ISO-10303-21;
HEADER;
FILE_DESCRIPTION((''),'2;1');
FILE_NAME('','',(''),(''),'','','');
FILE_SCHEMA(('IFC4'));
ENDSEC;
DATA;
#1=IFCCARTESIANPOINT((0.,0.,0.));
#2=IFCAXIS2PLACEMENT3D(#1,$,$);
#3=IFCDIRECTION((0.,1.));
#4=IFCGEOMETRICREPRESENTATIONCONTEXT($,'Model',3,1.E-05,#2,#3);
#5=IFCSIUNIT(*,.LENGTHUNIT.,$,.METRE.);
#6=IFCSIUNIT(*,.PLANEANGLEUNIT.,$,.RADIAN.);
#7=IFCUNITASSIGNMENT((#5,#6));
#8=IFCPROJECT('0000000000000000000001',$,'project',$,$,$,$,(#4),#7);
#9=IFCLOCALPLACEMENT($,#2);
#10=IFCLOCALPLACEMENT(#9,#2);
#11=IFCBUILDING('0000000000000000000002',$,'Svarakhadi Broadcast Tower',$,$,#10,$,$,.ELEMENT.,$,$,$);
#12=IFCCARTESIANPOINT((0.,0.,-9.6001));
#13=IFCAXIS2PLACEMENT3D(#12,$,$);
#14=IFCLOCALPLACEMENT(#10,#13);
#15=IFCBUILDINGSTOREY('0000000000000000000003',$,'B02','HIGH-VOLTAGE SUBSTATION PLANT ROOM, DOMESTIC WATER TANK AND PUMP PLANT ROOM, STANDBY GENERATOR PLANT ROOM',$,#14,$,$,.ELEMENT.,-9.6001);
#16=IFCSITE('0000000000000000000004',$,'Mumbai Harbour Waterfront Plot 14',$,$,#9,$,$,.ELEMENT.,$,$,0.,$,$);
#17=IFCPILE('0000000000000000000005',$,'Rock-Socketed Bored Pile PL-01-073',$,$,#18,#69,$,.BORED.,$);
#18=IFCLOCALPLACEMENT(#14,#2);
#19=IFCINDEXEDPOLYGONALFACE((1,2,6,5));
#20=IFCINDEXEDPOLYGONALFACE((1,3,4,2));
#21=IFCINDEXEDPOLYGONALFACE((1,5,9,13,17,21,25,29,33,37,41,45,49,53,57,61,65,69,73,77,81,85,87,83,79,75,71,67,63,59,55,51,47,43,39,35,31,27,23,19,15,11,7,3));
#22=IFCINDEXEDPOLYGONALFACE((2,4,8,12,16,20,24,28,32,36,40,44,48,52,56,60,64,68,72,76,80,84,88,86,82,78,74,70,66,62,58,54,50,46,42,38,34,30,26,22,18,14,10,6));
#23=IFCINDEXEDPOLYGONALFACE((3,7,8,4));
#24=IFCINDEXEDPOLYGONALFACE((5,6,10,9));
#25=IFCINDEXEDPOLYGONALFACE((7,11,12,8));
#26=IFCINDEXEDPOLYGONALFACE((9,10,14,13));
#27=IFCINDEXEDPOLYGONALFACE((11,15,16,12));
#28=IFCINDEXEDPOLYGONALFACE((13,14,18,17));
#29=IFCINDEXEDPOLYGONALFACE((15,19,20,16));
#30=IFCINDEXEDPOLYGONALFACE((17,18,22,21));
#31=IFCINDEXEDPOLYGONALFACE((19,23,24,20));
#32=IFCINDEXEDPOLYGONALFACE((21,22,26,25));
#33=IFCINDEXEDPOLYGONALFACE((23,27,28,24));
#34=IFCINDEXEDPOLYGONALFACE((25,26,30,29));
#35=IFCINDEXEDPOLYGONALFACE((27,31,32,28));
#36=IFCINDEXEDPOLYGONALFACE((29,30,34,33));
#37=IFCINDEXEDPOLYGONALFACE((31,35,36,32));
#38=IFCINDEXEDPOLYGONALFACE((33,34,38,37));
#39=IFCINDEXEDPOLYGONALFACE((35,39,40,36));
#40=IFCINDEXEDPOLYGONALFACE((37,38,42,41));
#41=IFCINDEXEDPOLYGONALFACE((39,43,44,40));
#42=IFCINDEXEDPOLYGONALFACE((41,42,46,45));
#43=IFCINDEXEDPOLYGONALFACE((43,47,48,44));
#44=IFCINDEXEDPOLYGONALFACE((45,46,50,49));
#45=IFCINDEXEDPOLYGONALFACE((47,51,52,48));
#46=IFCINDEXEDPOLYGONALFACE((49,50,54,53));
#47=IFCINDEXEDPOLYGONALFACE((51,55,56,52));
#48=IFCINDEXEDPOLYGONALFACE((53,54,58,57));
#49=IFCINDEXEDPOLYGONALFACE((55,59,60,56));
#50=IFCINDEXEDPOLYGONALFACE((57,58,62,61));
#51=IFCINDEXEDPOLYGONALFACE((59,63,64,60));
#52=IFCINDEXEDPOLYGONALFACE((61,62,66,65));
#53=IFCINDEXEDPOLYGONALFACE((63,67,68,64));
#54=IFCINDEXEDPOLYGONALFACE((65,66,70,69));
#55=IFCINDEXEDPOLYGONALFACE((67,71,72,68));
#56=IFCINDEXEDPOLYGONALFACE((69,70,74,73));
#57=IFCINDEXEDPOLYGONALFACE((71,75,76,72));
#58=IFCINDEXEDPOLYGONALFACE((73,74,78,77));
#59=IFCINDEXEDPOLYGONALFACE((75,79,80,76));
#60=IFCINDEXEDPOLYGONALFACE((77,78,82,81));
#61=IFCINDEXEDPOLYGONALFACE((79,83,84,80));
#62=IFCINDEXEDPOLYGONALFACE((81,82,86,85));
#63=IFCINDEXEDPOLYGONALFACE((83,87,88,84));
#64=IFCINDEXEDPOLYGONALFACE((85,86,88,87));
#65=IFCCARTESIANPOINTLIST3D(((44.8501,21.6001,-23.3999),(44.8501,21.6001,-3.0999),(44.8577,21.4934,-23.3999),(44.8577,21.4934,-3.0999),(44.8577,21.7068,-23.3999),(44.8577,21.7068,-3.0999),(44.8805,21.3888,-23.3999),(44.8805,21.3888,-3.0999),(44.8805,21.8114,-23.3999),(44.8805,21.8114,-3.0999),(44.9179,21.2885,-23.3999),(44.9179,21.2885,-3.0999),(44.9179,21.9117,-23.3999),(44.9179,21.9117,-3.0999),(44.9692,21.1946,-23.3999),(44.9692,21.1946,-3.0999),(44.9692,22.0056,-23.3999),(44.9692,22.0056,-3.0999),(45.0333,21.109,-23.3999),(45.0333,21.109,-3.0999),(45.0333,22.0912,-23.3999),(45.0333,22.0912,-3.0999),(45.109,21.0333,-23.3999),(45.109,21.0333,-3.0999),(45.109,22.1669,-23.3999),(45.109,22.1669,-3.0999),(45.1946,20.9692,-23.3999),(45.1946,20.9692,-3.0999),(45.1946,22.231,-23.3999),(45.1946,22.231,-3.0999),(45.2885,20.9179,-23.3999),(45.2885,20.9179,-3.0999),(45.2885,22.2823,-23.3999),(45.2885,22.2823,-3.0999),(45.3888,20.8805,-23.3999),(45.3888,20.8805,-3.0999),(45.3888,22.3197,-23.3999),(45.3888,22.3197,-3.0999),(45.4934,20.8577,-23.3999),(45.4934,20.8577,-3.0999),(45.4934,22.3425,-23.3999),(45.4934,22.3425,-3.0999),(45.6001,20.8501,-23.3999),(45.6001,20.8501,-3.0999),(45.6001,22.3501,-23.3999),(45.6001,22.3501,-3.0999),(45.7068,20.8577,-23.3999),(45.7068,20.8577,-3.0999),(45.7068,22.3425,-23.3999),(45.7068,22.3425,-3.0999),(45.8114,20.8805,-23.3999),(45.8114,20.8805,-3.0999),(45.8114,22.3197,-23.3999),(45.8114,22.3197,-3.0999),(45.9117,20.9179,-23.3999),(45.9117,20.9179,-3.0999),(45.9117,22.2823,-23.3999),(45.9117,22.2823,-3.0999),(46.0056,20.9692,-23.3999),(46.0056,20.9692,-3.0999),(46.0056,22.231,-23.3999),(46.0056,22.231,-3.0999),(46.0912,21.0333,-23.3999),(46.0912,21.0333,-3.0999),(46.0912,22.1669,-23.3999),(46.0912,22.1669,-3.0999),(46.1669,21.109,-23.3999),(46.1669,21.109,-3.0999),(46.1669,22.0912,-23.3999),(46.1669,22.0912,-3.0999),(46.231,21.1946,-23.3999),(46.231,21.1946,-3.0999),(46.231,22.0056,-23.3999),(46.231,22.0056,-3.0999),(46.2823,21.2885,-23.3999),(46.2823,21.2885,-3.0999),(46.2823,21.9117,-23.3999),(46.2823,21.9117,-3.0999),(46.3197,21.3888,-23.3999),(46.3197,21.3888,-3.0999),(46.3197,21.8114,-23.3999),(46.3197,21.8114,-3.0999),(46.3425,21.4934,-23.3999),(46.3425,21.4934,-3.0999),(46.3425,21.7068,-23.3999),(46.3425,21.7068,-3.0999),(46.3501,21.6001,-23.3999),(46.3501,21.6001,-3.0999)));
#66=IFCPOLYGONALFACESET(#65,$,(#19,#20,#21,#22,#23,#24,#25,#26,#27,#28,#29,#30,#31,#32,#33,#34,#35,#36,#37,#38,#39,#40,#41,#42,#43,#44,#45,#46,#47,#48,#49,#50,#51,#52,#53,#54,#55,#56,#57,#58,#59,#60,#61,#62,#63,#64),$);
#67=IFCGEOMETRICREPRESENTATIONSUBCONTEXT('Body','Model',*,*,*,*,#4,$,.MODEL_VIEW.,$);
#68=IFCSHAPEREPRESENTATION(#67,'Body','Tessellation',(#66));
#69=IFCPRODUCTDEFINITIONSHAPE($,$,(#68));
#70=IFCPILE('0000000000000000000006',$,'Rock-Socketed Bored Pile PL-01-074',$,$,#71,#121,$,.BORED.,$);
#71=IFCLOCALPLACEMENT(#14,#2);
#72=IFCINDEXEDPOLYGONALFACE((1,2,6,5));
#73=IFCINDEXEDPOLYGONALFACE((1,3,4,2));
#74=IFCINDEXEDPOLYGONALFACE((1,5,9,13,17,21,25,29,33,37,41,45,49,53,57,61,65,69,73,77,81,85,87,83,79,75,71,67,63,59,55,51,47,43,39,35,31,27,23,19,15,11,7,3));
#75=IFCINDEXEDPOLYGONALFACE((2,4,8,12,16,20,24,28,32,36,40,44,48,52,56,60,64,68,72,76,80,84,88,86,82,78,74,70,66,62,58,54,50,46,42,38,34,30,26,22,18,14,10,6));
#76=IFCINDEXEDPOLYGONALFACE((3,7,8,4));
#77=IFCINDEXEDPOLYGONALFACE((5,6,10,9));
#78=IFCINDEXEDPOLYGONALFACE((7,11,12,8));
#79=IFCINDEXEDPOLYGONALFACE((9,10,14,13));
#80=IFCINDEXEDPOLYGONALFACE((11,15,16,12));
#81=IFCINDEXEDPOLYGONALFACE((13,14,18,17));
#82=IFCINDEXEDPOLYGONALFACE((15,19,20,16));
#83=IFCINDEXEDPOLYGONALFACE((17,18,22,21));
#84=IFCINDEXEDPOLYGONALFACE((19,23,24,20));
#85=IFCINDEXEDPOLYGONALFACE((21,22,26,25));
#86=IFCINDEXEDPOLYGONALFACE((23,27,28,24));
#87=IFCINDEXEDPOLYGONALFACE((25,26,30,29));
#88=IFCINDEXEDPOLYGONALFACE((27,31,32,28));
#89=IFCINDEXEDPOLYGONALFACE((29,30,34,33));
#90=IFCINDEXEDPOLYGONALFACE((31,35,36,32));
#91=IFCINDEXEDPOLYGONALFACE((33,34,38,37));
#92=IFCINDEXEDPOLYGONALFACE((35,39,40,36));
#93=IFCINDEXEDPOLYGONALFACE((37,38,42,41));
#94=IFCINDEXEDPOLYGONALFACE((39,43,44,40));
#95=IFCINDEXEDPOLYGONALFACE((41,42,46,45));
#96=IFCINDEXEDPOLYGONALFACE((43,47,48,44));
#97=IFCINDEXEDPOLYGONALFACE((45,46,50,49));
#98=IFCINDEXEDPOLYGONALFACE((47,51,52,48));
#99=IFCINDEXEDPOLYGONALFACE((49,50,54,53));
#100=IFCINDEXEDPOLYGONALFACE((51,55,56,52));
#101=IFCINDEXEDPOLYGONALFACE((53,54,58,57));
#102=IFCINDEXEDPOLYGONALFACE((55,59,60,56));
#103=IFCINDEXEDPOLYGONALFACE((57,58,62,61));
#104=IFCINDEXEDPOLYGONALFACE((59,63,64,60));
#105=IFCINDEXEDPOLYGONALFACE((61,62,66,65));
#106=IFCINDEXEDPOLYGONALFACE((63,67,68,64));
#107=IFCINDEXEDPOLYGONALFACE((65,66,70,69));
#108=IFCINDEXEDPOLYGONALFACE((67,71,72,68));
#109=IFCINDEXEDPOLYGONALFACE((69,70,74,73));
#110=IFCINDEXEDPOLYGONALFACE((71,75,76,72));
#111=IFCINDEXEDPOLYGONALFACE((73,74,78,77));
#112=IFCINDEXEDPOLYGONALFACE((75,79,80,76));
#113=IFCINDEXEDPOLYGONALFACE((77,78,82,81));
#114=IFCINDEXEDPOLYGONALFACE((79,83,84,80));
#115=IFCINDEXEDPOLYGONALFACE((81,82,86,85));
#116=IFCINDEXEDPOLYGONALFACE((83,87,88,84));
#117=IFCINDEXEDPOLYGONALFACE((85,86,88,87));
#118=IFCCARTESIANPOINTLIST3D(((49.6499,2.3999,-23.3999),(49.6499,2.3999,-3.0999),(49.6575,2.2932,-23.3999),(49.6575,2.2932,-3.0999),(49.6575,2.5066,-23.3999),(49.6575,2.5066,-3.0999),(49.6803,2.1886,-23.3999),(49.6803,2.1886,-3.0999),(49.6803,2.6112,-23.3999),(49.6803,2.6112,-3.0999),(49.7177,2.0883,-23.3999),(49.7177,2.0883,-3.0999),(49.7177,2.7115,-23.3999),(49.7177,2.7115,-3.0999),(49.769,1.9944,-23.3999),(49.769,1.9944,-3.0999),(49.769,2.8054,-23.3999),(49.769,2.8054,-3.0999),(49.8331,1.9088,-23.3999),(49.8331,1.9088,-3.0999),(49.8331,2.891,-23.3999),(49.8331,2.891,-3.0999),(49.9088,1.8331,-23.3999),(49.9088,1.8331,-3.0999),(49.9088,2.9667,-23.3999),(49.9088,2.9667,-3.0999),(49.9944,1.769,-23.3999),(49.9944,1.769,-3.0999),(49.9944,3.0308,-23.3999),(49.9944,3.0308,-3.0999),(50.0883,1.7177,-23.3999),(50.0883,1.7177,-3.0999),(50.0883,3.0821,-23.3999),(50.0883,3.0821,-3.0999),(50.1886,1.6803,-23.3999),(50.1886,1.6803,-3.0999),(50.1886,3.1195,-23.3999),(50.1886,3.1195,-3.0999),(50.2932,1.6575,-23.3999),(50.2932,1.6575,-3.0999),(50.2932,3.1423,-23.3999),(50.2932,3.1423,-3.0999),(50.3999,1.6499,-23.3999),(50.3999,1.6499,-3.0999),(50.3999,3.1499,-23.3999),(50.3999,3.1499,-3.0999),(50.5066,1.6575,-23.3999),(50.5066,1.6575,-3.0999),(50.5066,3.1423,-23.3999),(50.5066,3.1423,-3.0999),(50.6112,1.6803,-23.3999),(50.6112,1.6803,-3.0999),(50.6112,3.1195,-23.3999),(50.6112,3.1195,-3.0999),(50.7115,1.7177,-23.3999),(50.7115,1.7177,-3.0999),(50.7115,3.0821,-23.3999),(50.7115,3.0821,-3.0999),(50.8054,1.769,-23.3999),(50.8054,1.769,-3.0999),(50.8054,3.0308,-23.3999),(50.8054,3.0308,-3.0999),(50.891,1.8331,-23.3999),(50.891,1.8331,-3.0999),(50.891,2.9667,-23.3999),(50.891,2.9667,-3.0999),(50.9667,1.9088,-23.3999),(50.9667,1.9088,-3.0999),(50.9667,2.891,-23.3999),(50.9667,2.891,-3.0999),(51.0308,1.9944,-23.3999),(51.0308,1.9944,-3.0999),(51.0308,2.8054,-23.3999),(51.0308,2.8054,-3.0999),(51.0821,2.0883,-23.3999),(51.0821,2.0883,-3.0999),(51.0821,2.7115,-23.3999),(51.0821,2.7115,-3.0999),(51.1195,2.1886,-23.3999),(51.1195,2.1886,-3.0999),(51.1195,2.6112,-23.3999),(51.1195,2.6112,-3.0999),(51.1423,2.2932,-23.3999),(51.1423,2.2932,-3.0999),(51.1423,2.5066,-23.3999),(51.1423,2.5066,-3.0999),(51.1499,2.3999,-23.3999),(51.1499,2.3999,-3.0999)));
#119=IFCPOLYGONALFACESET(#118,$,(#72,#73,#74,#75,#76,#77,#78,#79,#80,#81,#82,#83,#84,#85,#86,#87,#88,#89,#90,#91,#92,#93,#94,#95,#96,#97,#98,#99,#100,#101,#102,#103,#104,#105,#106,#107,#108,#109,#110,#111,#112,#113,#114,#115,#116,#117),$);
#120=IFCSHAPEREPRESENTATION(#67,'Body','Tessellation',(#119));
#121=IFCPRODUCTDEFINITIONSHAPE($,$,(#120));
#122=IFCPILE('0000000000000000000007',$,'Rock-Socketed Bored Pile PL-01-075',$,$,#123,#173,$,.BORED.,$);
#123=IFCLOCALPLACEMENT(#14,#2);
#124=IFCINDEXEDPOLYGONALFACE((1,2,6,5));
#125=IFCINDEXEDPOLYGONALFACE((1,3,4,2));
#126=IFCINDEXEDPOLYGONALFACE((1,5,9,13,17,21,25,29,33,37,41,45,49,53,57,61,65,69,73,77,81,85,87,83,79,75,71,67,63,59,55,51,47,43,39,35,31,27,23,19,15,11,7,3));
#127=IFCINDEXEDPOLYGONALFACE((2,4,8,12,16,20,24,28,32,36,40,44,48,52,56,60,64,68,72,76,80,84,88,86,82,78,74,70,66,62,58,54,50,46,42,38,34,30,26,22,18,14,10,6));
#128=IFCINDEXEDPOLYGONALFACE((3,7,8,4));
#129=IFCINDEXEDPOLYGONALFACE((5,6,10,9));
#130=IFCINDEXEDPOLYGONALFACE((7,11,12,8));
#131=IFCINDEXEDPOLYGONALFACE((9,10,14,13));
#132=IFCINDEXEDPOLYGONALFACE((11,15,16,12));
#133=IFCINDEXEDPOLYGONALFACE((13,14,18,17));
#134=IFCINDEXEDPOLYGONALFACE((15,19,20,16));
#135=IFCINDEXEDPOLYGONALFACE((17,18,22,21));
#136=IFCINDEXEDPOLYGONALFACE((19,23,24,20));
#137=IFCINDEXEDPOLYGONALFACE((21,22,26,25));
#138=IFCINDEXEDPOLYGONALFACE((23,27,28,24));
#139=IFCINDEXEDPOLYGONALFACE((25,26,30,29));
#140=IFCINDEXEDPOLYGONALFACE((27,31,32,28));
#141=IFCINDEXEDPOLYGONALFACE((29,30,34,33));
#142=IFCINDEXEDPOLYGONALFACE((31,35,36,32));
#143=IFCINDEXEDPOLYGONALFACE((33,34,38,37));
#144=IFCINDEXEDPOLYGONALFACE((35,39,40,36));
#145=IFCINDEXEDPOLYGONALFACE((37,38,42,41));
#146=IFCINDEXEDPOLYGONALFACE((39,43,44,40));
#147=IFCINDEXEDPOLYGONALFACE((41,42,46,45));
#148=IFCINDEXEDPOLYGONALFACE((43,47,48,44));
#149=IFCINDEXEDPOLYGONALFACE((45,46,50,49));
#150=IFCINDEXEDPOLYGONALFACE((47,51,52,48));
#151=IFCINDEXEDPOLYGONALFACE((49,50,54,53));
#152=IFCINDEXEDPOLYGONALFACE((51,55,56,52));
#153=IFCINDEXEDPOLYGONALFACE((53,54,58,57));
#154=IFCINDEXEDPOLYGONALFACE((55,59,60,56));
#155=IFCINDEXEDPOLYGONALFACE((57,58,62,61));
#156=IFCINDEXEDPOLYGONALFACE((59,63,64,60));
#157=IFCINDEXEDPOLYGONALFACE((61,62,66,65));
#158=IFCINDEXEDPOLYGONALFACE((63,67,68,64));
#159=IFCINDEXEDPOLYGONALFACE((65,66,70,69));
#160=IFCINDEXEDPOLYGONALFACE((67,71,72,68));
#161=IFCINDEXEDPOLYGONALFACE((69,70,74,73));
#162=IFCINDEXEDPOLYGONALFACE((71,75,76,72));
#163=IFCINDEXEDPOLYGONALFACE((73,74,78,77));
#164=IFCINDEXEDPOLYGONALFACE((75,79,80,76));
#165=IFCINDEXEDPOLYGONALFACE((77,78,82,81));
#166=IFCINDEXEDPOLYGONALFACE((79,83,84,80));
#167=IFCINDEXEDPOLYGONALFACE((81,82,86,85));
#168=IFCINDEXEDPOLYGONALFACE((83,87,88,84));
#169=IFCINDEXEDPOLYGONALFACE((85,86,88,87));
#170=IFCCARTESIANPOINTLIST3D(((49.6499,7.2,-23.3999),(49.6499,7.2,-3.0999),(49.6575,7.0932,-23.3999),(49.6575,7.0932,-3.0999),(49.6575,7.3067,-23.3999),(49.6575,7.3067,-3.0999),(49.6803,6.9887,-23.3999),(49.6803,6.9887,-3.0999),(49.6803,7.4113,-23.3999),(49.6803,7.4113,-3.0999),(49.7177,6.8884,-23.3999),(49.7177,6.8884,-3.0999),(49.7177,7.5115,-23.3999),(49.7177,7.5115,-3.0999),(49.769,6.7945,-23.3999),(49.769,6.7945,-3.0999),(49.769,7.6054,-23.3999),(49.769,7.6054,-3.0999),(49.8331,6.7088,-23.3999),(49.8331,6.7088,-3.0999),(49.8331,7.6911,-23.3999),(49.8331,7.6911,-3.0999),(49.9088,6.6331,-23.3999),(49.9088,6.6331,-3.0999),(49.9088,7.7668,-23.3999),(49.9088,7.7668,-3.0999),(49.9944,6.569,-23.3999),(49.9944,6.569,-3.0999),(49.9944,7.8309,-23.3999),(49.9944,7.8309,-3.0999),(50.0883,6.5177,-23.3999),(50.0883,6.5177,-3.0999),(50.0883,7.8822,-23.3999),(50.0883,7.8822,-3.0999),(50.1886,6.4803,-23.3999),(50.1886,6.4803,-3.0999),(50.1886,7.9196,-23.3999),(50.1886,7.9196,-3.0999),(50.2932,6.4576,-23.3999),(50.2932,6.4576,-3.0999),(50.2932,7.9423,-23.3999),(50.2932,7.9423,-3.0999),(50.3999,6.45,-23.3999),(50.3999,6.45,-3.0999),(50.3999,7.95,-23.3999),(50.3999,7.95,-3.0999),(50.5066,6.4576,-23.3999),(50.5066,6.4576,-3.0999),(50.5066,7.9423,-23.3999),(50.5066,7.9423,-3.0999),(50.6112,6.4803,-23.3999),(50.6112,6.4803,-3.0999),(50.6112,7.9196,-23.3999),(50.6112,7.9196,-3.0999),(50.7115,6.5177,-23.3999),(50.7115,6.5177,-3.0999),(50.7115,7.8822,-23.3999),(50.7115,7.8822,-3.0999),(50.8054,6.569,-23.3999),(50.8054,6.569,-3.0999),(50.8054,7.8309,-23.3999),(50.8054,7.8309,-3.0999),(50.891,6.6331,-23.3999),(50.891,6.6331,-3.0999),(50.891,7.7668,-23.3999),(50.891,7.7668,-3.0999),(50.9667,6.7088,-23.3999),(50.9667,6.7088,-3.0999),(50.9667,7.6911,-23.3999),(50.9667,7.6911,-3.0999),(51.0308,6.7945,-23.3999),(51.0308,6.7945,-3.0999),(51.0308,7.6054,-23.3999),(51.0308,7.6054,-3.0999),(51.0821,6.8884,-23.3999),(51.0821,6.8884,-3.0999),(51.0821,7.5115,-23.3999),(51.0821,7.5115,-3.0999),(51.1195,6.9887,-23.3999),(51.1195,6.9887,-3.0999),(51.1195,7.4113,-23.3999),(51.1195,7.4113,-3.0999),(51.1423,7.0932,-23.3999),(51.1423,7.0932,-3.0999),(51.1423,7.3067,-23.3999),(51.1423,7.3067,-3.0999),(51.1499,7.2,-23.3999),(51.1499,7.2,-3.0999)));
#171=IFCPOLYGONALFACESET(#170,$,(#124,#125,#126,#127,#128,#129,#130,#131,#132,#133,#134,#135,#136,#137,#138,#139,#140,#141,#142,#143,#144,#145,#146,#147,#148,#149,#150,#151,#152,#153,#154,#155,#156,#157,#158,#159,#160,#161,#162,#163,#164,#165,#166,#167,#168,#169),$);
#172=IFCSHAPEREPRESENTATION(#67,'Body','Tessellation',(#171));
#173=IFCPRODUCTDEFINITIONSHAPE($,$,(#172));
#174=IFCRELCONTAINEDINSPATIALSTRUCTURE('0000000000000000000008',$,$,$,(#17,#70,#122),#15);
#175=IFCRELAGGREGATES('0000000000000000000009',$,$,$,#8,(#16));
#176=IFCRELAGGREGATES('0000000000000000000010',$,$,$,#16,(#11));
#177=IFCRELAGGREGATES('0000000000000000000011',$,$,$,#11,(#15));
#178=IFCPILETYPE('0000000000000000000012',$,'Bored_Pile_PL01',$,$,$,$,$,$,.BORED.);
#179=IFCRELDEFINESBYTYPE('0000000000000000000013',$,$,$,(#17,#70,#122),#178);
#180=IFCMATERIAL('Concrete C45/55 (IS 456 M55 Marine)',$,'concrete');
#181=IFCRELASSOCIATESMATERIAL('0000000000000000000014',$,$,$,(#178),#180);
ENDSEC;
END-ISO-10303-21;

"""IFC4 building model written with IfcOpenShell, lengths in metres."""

from ifc_helpers import new_model, si_unit, direction, frame, origin, origin_2d, place, context, subcontext, project, spatial, circle, extrude, material, material_profile, profile_set, type_object, element, save


model = new_model("IFC4")

# Units and contexts
model_context = context("Model", 3, precision=1e-05, world=origin(), true_north=direction((0.0, 1.0)))
body_context = subcontext(model_context, "Body", "Model", "MODEL_VIEW")
ifc_project = project(units=[si_unit("LENGTHUNIT", "METRE"), si_unit("PLANEANGLEUNIT", "RADIAN")], contexts=[model_context])

# Site, building, storey
site_placement = place(None, origin())
site = spatial("IfcSite", under=ifc_project, at=site_placement, Name="Mumbai Harbour Waterfront Plot 14", CompositionType="ELEMENT", RefElevation=0.0)
building_placement = place(site_placement, origin())
building = spatial("IfcBuilding", under=site, at=building_placement, Name="Svarakhadi Broadcast Tower", CompositionType="ELEMENT")
storey_placement = place(building_placement, frame((0.0, 0.0, -9.6001)))
storey = spatial("IfcBuildingStorey", under=building, at=storey_placement, Name="B02", Description="HIGH-VOLTAGE SUBSTATION PLANT ROOM, DOMESTIC WATER TANK AND PUMP PLANT ROOM, STANDBY GENERATOR PLANT ROOM", CompositionType="ELEMENT", Elevation=-9.6001)

# Piles
ifc_material_1 = material(Name="Concrete C45/55 (IS 456 M55 Marine)", Category="concrete")
ifc_material_profile_1 = material_profile(ifc_material_1, circle(Radius=0.75, at=origin_2d()), Name="PILE D1500")
ifc_profile_set_1 = profile_set([ifc_material_profile_1], Name="Concrete C45/55 (IS 456 M55 Marine)")
pile_type_1 = type_object("IfcPileType", Name="Bored_Pile_PL01", PredefinedType="BORED", material=ifc_profile_set_1)
for number, where, z_axis, x_axis, name in (
    (1, (45.6001, 21.6001, -3.0999), (0.0, 0.0, -1.0), (1.0, 0.0, 0.0), "Rock-Socketed Bored Pile PL-01-073"),
    (2, (50.3999, 2.3999, -3.0999), (0.0, 0.0, -1.0), (1.0, 0.0, 0.0), "Rock-Socketed Bored Pile PL-01-074"),
    (3, (50.3999, 7.2, -3.0999), (0.0, 0.0, -1.0), (1.0, 0.0, 0.0), "Rock-Socketed Bored Pile PL-01-075"),
):
    element("IfcPile", number, at=place(storey_placement, frame(where, z_axis=z_axis, x_axis=x_axis)), inside=storey, type_object=pile_type_1, Name=name, PredefinedType="BORED", context=body_context, shape_type="SweptSolid", body=[
        extrude(circle(Radius=0.75, at=origin_2d()), origin(), (0.0, 0.0, 1.0), 20.3),
    ])

save(model, "model.ifc")
